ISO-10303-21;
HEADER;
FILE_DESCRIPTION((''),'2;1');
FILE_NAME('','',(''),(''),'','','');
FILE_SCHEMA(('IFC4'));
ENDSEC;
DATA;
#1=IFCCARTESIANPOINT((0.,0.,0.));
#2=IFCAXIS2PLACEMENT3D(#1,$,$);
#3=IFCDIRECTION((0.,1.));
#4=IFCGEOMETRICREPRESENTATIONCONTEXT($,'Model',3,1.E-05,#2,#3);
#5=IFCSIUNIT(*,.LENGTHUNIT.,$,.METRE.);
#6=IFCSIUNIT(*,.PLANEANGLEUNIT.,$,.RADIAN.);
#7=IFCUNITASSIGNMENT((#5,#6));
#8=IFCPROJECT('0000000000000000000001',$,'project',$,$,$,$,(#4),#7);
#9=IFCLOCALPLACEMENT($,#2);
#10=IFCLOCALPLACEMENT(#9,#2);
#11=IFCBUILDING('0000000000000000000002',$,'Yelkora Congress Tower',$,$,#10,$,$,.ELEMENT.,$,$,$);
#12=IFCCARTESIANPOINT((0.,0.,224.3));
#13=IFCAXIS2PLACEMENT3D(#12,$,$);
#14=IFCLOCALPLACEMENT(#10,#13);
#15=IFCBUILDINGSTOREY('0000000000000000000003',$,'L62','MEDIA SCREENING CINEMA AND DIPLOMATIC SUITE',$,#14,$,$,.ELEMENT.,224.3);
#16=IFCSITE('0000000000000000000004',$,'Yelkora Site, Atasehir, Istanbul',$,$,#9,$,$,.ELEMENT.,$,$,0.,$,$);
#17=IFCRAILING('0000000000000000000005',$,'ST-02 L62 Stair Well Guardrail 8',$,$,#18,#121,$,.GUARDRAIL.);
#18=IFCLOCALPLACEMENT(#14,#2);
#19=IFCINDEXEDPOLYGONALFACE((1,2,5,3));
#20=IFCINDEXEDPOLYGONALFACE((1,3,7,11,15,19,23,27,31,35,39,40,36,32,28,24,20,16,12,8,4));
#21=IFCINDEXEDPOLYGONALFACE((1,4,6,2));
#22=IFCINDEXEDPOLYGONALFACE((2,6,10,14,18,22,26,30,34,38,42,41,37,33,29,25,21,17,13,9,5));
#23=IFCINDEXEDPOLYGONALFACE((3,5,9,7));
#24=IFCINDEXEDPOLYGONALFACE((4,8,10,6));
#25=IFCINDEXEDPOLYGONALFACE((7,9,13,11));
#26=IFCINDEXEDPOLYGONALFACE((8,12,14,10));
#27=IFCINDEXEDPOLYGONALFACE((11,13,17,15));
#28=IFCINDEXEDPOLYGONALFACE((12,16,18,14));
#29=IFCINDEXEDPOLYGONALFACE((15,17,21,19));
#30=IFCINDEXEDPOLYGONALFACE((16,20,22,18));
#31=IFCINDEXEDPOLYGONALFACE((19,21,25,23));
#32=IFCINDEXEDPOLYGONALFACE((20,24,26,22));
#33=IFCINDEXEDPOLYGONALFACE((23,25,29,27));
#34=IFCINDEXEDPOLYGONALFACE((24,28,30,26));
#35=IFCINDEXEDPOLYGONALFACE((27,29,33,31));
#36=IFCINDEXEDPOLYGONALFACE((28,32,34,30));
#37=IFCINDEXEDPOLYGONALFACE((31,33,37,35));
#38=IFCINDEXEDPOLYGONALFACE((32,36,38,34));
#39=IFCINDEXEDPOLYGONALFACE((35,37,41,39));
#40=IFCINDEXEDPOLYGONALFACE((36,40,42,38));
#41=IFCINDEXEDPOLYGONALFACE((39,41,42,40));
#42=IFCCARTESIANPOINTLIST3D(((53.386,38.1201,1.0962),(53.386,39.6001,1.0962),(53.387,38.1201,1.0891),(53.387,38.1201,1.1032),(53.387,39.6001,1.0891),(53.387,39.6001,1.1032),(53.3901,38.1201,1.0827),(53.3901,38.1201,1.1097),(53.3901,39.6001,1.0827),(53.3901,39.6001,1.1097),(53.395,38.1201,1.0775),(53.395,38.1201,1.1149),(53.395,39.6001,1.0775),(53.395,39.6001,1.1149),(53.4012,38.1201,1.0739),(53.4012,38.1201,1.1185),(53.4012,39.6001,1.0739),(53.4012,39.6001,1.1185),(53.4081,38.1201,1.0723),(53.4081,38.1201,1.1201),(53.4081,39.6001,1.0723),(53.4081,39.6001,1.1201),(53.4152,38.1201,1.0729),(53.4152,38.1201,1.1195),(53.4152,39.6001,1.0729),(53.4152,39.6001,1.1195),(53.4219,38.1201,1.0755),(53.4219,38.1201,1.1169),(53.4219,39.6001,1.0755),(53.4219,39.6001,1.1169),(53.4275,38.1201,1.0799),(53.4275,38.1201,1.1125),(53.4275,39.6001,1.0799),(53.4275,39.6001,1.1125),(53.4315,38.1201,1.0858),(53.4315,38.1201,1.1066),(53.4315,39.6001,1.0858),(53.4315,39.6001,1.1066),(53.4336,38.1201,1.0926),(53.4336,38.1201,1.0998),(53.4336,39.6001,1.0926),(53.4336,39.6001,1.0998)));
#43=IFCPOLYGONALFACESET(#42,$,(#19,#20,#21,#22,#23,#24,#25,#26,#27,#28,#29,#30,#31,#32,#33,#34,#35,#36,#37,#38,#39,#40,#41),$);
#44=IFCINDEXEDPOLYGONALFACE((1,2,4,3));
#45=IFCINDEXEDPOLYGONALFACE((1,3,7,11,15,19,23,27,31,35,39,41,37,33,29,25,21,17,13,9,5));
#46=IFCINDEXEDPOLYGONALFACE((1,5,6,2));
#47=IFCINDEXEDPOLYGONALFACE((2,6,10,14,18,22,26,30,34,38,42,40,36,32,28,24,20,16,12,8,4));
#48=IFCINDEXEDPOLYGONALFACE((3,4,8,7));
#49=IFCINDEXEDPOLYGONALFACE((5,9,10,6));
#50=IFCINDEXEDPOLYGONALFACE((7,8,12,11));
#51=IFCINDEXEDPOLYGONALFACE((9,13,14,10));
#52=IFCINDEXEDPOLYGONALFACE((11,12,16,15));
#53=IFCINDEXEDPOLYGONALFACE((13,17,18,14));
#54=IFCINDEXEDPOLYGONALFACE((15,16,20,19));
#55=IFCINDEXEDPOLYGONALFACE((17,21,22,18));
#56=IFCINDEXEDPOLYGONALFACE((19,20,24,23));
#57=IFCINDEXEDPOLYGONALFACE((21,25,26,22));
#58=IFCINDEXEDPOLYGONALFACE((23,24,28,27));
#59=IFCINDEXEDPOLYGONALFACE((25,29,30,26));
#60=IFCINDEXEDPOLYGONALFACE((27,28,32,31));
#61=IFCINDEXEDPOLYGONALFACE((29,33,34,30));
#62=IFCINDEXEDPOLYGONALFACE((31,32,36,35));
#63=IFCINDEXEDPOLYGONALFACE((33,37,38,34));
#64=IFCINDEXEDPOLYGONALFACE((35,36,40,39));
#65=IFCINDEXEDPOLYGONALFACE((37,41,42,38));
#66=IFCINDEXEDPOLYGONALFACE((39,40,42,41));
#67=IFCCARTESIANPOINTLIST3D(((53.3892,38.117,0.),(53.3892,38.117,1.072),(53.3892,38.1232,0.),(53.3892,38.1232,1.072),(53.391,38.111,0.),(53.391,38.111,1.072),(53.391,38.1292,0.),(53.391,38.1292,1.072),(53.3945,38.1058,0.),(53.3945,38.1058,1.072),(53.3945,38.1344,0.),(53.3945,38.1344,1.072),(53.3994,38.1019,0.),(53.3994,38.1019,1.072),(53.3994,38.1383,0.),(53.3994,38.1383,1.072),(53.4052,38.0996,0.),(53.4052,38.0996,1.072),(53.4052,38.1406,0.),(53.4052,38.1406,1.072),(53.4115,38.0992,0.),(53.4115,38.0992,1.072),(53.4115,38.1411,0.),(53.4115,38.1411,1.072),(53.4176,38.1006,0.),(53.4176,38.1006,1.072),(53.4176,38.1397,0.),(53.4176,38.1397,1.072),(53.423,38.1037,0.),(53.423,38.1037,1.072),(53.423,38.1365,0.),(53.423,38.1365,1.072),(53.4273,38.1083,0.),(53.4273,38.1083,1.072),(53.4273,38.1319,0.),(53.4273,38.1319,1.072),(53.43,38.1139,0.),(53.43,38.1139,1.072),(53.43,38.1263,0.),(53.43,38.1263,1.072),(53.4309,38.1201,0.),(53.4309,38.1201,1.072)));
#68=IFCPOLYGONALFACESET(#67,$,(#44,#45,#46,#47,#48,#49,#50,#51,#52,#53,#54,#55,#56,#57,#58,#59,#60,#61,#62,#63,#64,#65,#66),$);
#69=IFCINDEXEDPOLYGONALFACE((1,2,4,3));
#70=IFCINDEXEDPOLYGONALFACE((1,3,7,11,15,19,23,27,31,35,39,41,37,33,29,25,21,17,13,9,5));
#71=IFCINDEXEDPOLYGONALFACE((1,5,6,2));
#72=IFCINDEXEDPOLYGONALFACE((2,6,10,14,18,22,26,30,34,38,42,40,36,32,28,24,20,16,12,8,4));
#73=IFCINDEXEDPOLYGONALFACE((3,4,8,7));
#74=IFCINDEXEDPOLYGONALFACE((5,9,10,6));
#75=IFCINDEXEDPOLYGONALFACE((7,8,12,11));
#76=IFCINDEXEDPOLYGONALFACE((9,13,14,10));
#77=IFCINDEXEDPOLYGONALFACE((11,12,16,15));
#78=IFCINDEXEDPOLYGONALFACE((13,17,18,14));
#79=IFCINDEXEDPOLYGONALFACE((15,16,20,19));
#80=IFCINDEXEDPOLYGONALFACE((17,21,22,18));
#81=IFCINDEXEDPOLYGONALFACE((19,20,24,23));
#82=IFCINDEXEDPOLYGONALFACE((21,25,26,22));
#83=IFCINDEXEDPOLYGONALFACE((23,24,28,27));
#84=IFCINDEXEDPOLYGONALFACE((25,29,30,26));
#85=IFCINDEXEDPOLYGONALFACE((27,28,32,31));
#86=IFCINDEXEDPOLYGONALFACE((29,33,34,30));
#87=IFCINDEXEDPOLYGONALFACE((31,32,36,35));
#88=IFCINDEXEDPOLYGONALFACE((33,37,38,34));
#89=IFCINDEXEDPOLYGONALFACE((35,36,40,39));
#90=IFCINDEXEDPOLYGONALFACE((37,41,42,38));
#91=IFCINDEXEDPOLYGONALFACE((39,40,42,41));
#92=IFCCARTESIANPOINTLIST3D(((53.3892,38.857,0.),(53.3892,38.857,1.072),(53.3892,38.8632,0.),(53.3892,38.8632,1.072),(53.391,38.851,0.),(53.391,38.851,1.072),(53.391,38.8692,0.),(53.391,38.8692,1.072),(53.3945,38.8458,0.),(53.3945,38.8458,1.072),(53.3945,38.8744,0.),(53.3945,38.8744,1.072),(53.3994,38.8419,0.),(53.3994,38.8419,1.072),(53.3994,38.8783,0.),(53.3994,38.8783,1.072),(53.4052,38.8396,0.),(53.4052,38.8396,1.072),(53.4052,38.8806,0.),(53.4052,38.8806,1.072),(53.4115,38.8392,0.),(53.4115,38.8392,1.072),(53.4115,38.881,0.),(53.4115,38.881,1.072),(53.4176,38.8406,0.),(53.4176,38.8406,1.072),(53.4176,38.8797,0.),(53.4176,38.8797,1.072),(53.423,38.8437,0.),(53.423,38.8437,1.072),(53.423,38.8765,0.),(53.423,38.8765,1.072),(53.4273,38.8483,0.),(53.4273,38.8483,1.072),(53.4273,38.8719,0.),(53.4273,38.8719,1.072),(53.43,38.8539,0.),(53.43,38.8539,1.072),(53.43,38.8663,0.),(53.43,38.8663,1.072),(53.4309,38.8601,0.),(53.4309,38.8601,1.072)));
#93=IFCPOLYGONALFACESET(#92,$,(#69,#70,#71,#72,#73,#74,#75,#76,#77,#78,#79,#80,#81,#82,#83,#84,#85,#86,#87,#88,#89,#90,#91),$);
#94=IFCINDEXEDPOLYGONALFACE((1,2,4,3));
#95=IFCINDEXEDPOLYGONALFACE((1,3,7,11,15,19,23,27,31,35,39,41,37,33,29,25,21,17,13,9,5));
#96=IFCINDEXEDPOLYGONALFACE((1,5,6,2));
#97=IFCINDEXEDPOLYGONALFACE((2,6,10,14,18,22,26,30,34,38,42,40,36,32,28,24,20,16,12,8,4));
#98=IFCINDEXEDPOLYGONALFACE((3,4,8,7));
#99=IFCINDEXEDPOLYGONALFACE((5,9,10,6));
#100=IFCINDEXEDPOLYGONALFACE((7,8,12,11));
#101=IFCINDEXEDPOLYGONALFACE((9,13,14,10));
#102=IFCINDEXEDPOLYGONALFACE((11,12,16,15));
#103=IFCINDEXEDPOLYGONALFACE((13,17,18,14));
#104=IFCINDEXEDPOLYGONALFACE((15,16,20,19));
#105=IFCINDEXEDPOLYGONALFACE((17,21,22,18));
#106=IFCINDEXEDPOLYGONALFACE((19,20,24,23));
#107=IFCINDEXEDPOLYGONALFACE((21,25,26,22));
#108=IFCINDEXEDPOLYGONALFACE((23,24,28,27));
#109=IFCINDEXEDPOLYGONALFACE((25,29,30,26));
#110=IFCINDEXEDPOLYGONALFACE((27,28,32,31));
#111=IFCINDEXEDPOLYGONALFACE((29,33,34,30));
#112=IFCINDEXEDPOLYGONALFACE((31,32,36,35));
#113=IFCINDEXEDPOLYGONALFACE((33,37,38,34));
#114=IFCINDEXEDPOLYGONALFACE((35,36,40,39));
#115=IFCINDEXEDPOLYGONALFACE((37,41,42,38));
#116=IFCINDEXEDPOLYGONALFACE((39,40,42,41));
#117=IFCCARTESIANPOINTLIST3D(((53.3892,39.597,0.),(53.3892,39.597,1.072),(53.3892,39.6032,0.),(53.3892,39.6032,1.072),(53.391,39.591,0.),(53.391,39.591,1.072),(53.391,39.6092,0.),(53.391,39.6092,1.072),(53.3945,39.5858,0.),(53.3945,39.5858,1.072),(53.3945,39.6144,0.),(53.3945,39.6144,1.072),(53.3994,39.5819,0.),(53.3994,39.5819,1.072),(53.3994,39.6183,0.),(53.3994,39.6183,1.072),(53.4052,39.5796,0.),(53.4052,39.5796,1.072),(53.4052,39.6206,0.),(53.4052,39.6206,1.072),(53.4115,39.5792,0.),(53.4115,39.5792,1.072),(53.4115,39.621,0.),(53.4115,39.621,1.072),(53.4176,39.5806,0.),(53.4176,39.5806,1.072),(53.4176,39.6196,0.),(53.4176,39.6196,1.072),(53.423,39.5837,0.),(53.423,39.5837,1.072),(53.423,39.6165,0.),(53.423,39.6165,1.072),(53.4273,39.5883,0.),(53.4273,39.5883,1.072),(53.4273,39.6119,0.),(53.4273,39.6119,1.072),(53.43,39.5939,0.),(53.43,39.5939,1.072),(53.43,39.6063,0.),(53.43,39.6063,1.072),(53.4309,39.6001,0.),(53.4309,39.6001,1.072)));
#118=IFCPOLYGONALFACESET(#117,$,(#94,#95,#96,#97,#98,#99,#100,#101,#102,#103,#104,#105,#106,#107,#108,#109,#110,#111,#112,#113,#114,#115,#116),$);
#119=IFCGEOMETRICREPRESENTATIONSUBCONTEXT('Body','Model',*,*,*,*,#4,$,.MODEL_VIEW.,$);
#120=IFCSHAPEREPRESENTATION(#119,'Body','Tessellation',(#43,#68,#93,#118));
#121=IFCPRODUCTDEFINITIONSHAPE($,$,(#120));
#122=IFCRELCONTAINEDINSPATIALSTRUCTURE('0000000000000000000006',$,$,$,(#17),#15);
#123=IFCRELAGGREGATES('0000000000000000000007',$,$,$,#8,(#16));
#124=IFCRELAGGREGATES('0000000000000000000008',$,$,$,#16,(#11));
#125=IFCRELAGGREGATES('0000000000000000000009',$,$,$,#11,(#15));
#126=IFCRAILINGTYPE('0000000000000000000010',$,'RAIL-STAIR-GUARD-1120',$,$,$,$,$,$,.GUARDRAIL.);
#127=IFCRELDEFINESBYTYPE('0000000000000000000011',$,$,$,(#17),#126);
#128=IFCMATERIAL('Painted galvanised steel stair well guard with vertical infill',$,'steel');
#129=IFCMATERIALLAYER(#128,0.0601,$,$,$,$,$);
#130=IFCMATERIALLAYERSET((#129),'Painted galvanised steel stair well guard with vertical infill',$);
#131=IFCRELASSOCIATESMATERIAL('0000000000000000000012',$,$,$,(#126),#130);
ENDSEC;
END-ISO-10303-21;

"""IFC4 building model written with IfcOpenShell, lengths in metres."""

from ifc_helpers import new_model, si_unit, direction, frame, origin, origin_2d, place, context, subcontext, project, spatial, circle, extrude, material, layer, layer_set, type_object, element, save


model = new_model("IFC4")

# Units and contexts
model_context = context("Model", 3, precision=1e-05, world=origin(), true_north=direction((0.0, 1.0)))
body_context = subcontext(model_context, "Body", "Model", "MODEL_VIEW")
ifc_project = project(units=[si_unit("LENGTHUNIT", "METRE"), si_unit("PLANEANGLEUNIT", "RADIAN")], contexts=[model_context])

# Site, building, storey
site_placement = place(None, origin())
site = spatial("IfcSite", under=ifc_project, at=site_placement, Name="Yelkora Site, Atasehir, Istanbul", CompositionType="ELEMENT", RefElevation=0.0)
building_placement = place(site_placement, origin())
building = spatial("IfcBuilding", under=site, at=building_placement, Name="Yelkora Congress Tower", CompositionType="ELEMENT")
storey_placement = place(building_placement, frame((0.0, 0.0, 224.3)))
storey = spatial("IfcBuildingStorey", under=building, at=storey_placement, Name="L62", Description="MEDIA SCREENING CINEMA AND DIPLOMATIC SUITE", CompositionType="ELEMENT", Elevation=224.3)

# Railing
ifc_material_1 = material(Name="Painted galvanised steel stair well guard with vertical infill", Category="steel")
ifc_layer_1 = layer(ifc_material_1, 0.0601)
ifc_layer_set_1 = layer_set([ifc_layer_1], Name="Painted galvanised steel stair well guard with vertical infill")
railing_type_1 = type_object("IfcRailingType", Name="RAIL-STAIR-GUARD-1120", PredefinedType="GUARDRAIL", material=ifc_layer_set_1)
railing_1_placement = place(storey_placement, frame((53.4099, 38.1201, 0.0)))
element("IfcRailing", 1, at=railing_1_placement, inside=storey, type_object=railing_type_1, Name="ST-02 L62 Stair Well Guardrail 8", PredefinedType="GUARDRAIL", context=body_context, shape_type="SweptSolid", body=[
    extrude(circle(Radius=0.0239, at=origin_2d()), frame((0.0, 0.0, 1.0962), z_axis=(0.0, 1.0, 0.0), x_axis=(-1.0, 0.0, 0.0)), (0.0, 0.0, 1.0), 1.48),
    extrude(circle(Radius=0.021, at=origin_2d()), origin(), (0.0, 0.0, 1.0), 1.072),
    extrude(circle(Radius=0.021, at=origin_2d()), frame((0.0, 0.74, 0.0)), (0.0, 0.0, 1.0), 1.072),
    extrude(circle(Radius=0.021, at=origin_2d()), frame((0.0, 1.48, 0.0)), (0.0, 0.0, 1.0), 1.072),
])

save(model, "model.ifc")
